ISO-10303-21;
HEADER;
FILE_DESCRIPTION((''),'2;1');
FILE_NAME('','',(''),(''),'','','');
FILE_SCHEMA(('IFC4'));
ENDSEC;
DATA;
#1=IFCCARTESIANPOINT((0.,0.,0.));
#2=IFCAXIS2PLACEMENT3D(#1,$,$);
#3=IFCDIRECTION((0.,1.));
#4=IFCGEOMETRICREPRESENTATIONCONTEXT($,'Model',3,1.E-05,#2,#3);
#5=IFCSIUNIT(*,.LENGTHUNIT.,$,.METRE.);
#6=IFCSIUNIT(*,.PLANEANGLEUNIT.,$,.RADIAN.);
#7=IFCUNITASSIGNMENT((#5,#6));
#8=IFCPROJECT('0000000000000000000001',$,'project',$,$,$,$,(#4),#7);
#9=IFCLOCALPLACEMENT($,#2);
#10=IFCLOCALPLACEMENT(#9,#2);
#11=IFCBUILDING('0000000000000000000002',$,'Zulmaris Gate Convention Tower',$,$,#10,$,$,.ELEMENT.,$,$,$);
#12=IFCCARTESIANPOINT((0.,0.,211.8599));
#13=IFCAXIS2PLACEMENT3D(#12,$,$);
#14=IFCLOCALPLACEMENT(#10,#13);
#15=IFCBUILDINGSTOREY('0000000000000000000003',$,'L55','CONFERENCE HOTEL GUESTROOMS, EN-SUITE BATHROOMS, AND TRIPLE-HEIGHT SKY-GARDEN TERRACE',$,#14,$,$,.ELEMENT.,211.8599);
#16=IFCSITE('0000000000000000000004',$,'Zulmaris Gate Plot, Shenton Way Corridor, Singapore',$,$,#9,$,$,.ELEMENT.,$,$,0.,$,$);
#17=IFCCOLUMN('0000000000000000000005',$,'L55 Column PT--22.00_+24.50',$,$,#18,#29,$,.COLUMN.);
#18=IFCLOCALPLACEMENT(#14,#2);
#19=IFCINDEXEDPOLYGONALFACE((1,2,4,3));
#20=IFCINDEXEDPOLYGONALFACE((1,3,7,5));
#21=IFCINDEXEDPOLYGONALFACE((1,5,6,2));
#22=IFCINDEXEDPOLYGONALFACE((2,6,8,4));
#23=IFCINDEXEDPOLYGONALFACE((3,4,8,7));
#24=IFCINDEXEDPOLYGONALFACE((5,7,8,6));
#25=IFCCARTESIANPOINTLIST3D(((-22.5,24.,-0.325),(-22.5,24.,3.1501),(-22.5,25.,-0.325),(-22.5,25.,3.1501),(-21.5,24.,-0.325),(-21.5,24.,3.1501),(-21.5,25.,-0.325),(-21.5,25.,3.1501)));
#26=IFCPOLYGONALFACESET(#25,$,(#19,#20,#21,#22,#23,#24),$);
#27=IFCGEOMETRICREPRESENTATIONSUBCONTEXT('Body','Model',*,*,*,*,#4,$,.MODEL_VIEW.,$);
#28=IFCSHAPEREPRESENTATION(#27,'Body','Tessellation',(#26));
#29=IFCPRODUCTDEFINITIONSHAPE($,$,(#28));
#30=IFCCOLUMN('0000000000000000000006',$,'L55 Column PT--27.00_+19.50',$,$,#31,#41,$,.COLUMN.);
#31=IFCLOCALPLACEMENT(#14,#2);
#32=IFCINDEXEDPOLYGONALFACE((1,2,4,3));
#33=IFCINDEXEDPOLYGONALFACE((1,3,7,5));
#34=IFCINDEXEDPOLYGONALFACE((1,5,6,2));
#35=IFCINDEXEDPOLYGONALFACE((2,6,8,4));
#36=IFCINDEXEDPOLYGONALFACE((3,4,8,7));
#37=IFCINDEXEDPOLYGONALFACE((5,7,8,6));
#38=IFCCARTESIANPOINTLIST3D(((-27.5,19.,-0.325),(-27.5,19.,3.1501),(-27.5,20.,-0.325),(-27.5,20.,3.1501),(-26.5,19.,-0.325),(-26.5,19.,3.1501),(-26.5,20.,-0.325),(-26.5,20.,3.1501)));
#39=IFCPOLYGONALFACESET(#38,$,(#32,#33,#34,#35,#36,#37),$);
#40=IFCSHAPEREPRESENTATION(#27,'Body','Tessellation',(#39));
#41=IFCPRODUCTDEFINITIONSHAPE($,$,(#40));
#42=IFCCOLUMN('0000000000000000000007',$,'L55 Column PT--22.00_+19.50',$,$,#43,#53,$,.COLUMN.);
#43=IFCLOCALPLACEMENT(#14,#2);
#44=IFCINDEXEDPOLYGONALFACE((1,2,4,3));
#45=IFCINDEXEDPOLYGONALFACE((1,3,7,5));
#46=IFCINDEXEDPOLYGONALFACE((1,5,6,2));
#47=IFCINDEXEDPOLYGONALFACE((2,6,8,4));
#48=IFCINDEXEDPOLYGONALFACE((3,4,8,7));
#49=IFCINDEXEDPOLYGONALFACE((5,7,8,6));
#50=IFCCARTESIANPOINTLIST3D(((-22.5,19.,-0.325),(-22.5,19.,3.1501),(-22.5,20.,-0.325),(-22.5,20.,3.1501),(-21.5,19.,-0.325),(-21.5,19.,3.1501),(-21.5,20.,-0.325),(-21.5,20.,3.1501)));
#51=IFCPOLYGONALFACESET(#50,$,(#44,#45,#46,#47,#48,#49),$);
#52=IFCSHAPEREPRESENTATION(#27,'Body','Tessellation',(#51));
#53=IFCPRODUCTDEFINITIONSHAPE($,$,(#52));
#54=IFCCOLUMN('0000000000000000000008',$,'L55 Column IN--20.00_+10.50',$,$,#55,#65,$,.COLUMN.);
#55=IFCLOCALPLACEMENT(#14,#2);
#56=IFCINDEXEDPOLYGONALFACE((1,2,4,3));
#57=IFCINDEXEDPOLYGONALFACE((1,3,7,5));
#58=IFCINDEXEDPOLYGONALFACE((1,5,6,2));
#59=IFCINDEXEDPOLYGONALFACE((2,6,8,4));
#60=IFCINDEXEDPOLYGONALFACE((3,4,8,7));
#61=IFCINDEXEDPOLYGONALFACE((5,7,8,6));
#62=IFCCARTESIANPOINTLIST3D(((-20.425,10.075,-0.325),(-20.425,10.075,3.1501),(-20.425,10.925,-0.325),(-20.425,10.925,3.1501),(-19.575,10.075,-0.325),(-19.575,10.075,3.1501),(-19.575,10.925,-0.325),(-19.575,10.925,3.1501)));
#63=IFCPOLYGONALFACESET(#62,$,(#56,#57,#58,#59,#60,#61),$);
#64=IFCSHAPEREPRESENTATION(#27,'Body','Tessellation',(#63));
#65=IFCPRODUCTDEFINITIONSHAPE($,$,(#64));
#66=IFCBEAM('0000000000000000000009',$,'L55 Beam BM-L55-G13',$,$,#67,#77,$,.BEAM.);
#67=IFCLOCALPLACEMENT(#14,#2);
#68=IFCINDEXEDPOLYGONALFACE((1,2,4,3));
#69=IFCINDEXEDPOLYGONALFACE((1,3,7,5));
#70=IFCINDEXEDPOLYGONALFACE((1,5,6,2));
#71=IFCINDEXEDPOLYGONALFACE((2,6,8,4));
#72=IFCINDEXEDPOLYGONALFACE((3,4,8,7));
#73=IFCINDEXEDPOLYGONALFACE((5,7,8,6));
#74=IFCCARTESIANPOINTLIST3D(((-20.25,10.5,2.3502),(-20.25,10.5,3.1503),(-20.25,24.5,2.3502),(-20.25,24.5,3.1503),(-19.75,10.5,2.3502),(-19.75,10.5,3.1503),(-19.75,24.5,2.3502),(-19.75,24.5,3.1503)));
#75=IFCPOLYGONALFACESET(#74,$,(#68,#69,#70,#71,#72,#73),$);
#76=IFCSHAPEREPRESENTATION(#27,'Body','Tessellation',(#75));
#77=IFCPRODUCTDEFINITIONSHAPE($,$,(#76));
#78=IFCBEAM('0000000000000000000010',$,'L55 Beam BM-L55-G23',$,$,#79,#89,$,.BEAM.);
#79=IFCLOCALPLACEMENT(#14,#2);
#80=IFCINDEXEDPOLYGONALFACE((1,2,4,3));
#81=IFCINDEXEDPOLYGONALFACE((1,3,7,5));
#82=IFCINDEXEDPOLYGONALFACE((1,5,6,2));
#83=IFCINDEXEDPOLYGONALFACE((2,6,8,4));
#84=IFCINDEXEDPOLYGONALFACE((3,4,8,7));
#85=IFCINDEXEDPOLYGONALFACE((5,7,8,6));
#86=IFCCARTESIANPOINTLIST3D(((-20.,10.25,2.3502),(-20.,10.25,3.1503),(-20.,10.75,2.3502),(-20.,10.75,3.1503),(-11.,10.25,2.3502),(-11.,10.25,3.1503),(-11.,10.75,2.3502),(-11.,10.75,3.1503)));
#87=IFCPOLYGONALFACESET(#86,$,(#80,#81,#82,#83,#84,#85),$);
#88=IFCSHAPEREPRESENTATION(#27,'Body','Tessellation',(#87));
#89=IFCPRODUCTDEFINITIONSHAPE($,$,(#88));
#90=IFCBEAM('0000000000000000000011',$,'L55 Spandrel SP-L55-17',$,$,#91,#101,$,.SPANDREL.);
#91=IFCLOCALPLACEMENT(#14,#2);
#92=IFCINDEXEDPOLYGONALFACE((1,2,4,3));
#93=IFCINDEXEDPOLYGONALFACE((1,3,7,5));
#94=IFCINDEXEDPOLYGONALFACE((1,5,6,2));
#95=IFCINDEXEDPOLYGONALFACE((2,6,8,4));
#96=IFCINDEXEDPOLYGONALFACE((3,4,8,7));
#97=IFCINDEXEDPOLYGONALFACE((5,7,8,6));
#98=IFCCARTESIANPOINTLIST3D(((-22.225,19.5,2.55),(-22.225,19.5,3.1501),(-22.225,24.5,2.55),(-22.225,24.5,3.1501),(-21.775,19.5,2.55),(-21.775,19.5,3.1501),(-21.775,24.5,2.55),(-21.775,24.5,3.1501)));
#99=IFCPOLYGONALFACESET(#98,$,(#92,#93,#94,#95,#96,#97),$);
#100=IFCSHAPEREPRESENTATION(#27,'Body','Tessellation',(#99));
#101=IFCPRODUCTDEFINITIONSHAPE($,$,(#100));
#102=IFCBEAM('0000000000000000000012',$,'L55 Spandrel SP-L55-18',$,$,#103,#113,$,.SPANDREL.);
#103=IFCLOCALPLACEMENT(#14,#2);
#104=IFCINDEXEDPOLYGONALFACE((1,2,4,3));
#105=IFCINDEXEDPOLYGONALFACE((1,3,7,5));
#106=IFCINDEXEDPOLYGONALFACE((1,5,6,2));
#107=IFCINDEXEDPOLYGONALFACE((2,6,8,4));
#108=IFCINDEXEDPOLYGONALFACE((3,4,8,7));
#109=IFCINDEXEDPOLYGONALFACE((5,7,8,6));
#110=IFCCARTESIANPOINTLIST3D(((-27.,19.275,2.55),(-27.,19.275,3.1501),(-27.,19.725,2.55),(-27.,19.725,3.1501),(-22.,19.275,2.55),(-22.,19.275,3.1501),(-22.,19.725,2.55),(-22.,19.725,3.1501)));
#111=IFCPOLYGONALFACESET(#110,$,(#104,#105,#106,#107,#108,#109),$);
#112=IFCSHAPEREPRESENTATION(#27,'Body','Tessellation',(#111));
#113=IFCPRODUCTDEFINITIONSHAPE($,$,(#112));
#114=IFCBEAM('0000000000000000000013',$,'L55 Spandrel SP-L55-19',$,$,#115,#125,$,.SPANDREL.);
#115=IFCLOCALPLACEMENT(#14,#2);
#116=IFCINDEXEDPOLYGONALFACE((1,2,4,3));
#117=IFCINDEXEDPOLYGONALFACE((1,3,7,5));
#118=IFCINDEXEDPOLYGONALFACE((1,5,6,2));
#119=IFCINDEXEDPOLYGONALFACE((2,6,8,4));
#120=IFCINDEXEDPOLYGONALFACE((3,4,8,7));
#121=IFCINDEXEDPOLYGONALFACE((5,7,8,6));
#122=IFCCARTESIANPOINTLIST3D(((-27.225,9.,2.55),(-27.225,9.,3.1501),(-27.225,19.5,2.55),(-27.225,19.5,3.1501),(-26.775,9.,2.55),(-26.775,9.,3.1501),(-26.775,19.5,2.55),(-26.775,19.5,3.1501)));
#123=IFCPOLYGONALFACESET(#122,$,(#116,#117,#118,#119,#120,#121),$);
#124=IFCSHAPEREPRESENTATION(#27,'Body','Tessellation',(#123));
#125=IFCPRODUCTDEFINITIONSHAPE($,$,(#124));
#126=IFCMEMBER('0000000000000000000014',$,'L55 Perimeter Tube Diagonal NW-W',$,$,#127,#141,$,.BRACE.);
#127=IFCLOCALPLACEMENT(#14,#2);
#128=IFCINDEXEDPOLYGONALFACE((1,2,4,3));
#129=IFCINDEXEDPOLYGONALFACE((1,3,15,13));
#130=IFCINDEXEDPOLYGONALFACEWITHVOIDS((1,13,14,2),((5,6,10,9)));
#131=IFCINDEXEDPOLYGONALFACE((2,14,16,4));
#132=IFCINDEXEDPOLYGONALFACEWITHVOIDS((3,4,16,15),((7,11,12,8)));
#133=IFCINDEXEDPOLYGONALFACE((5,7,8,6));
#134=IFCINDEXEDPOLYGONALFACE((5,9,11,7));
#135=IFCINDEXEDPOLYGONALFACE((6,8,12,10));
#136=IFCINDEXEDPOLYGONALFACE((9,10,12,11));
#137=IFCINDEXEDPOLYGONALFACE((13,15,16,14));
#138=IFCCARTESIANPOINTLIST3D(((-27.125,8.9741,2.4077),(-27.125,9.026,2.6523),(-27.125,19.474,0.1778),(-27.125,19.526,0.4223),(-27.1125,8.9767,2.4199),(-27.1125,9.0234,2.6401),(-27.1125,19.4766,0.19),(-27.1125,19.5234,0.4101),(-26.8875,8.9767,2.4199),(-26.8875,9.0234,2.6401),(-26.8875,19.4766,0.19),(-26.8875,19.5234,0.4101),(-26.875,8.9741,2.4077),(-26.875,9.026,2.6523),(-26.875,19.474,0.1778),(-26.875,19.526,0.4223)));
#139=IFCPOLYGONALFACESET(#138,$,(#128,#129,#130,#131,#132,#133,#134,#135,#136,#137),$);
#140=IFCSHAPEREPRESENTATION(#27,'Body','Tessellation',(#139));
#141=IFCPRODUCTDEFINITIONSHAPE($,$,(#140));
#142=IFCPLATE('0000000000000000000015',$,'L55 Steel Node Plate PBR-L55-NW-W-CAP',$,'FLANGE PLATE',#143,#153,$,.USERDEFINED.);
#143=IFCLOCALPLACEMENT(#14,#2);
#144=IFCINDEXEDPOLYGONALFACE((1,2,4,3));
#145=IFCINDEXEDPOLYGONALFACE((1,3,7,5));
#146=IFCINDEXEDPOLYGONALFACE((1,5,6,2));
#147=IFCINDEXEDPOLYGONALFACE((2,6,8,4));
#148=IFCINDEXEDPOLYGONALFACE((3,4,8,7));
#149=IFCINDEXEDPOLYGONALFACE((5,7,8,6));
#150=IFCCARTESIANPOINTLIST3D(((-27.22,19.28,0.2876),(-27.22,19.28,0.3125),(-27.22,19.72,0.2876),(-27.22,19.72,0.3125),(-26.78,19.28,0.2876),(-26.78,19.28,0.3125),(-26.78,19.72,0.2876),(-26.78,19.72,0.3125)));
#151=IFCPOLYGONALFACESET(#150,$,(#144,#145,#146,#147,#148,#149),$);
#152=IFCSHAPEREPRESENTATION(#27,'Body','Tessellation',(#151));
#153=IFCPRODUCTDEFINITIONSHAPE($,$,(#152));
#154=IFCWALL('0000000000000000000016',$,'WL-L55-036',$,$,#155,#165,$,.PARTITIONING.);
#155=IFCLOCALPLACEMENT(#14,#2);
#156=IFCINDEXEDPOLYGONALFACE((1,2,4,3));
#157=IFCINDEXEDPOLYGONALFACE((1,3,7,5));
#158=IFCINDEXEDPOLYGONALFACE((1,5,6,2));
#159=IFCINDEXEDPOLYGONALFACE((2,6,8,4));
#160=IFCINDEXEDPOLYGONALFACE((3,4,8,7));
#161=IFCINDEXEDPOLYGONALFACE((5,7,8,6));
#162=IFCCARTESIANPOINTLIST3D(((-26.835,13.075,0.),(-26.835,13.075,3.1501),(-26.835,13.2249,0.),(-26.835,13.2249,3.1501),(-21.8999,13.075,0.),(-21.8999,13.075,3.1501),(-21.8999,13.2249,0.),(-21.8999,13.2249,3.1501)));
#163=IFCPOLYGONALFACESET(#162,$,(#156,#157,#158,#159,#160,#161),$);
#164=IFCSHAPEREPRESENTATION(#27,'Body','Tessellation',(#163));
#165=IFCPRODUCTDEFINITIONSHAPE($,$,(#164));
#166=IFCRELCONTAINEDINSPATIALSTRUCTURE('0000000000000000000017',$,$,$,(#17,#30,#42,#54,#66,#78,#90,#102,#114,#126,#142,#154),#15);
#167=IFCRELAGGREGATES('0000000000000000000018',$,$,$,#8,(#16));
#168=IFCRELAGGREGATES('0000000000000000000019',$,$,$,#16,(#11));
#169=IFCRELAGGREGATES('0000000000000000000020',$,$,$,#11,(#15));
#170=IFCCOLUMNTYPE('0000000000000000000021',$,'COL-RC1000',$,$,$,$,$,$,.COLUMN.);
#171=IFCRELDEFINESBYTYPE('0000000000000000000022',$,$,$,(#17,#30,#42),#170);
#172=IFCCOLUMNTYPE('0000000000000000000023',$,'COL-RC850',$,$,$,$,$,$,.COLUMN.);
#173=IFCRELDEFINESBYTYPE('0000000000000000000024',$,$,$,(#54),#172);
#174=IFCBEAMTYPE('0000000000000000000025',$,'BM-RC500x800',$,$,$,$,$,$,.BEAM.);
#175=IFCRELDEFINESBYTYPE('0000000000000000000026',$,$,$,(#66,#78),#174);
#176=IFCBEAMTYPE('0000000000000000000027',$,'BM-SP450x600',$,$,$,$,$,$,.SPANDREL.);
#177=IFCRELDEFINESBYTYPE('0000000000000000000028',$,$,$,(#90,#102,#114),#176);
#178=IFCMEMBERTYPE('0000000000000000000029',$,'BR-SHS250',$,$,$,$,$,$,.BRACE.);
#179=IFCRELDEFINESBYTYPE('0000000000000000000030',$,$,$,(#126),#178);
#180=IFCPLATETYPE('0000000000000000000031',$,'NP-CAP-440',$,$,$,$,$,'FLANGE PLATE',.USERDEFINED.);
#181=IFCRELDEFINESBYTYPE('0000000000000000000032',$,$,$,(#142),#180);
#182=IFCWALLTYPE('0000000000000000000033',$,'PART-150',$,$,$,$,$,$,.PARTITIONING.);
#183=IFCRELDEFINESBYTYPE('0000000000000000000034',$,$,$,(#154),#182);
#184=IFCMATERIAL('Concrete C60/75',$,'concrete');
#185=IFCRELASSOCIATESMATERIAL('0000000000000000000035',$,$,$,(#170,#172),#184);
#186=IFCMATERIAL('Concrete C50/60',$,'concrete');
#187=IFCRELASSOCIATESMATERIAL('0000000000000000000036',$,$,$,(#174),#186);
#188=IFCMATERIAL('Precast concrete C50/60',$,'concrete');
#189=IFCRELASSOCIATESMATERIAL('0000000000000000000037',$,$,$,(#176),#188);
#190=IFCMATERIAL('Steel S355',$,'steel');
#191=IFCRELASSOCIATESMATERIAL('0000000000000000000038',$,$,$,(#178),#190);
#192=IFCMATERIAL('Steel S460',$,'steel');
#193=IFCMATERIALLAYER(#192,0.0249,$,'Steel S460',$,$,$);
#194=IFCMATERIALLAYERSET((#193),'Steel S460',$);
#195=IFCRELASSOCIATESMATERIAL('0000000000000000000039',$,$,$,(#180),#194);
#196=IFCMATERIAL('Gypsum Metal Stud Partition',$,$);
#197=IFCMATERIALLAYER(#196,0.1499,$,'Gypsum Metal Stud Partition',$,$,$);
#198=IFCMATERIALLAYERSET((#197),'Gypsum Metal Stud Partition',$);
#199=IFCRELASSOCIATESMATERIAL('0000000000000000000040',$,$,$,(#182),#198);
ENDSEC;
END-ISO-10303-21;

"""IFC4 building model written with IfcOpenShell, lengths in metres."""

from ifc_helpers import new_model, si_unit, direction, frame, frame_2d, origin, origin_2d, place, context, subcontext, project, spatial, rectangle, hollow_rectangle, extrude, material, layer, layer_set, material_profile, profile_set, type_object, element, save


model = new_model("IFC4")

# Units and contexts
model_context = context("Model", 3, precision=1e-05, world=origin(), true_north=direction((0.0, 1.0)))
body_context = subcontext(model_context, "Body", "Model", "MODEL_VIEW")
ifc_project = project(units=[si_unit("LENGTHUNIT", "METRE"), si_unit("PLANEANGLEUNIT", "RADIAN")], contexts=[model_context])

# Site, building, storey
site_placement = place(None, origin())
site = spatial("IfcSite", under=ifc_project, at=site_placement, Name="Zulmaris Gate Plot, Shenton Way Corridor, Singapore", CompositionType="ELEMENT", RefElevation=0.0)
building_placement = place(site_placement, origin())
building = spatial("IfcBuilding", under=site, at=building_placement, Name="Zulmaris Gate Convention Tower", CompositionType="ELEMENT")
storey_placement = place(building_placement, frame((0.0, 0.0, 211.8599)))
storey = spatial("IfcBuildingStorey", under=building, at=storey_placement, Name="L55", Description="CONFERENCE HOTEL GUESTROOMS, EN-SUITE BATHROOMS, AND TRIPLE-HEIGHT SKY-GARDEN TERRACE", CompositionType="ELEMENT", Elevation=211.8599)

# Columns
ifc_material_1 = material(Name="Concrete C60/75", Category="concrete")
ifc_material_profile_1 = material_profile(ifc_material_1, rectangle(XDim=1.0, YDim=1.0, at=origin_2d()), Name="RC COL 1000x1000")
ifc_profile_set_1 = profile_set([ifc_material_profile_1], Name="Concrete C60/75")
column_type_1 = type_object("IfcColumnType", Name="COL-RC1000", PredefinedType="COLUMN", material=ifc_profile_set_1)
for number, where, z_axis, x_axis, name in (
    (1, (-22.0, 24.5, -0.325), (0.0, 0.0, 1.0), (1.0, 0.0, 0.0), "L55 Column PT--22.00_+24.50"),
    (2, (-27.0, 19.5, -0.325), (0.0, 0.0, 1.0), (1.0, 0.0, 0.0), "L55 Column PT--27.00_+19.50"),
    (3, (-22.0, 19.5, -0.325), (0.0, 0.0, 1.0), (1.0, 0.0, 0.0), "L55 Column PT--22.00_+19.50"),
):
    element("IfcColumn", number, at=place(storey_placement, frame(where, z_axis=z_axis, x_axis=x_axis)), inside=storey, type_object=column_type_1, Name=name, PredefinedType="COLUMN", context=body_context, shape_type="SweptSolid", body=[
        extrude(rectangle(XDim=1.0, YDim=1.0, at=origin_2d()), origin(), (0.0, 0.0, 1.0), 3.4751),
    ])
ifc_material_profile_2 = material_profile(ifc_material_1, rectangle(XDim=0.8501, YDim=0.8501, at=origin_2d()), Name="RC COL 850x850")
ifc_profile_set_2 = profile_set([ifc_material_profile_2], Name="Concrete C60/75")
column_type_2 = type_object("IfcColumnType", Name="COL-RC850", PredefinedType="COLUMN", material=ifc_profile_set_2)
column_placement = place(storey_placement, frame((-20.0, 10.5, -0.325), z_axis=(0.0, 0.0, 1.0), x_axis=(1.0, 0.0, 0.0)))
element("IfcColumn", 4, at=column_placement, inside=storey, type_object=column_type_2, Name="L55 Column IN--20.00_+10.50", PredefinedType="COLUMN", context=body_context, shape_type="SweptSolid", body=[
    extrude(rectangle(XDim=0.8501, YDim=0.8501, at=origin_2d()), origin(), (0.0, 0.0, 1.0), 3.4751),
])

# Beams
ifc_material_2 = material(Name="Concrete C50/60", Category="concrete")
ifc_material_profile_3 = material_profile(ifc_material_2, rectangle(XDim=0.5, YDim=0.8, at=origin_2d()), Name="RC BEAM 500x800")
ifc_profile_set_3 = profile_set([ifc_material_profile_3], Name="Concrete C50/60")
beam_type_1 = type_object("IfcBeamType", Name="BM-RC500x800", PredefinedType="BEAM", material=ifc_profile_set_3)
beam_1_placement = place(storey_placement, frame((-20.0, 10.5, 2.7502), z_axis=(0.0, 1.0, 0.0), x_axis=(-1.0, 0.0, 0.0)))
element("IfcBeam", 5, at=beam_1_placement, inside=storey, type_object=beam_type_1, Name="L55 Beam BM-L55-G13", PredefinedType="BEAM", context=body_context, shape_type="SweptSolid", body=[
    extrude(rectangle(XDim=0.5, YDim=0.8, at=origin_2d()), origin(), (0.0, 0.0, 1.0), 14.0),
])
beam_2_placement = place(storey_placement, frame((-20.0, 10.5, 2.7502), z_axis=(1.0, 0.0, 0.0), x_axis=(0.0, 1.0, 0.0)))
element("IfcBeam", 6, at=beam_2_placement, inside=storey, type_object=beam_type_1, Name="L55 Beam BM-L55-G23", PredefinedType="BEAM", context=body_context, shape_type="SweptSolid", body=[
    extrude(rectangle(XDim=0.5, YDim=0.8, at=origin_2d()), origin(), (0.0, 0.0, 1.0), 9.0),
])
ifc_material_3 = material(Name="Precast concrete C50/60", Category="concrete")
ifc_material_profile_4 = material_profile(ifc_material_3, rectangle(XDim=0.45, YDim=0.6001, at=origin_2d()), Name="RC SPANDREL 450x600")
ifc_profile_set_4 = profile_set([ifc_material_profile_4], Name="Precast concrete C50/60")
beam_type_2 = type_object("IfcBeamType", Name="BM-SP450x600", PredefinedType="SPANDREL", material=ifc_profile_set_4)
for number, where, z_axis, x_axis, name in (
    (7, (-22.0, 24.5, 2.8501), (0.0, -1.0, 0.0), (1.0, 0.0, 0.0), "L55 Spandrel SP-L55-17"),
    (8, (-22.0, 19.5, 2.8501), (-1.0, 0.0, 0.0), (0.0, -1.0, 0.0), "L55 Spandrel SP-L55-18"),
):
    element("IfcBeam", number, at=place(storey_placement, frame(where, z_axis=z_axis, x_axis=x_axis)), inside=storey, type_object=beam_type_2, Name=name, PredefinedType="SPANDREL", context=body_context, shape_type="SweptSolid", body=[
        extrude(rectangle(XDim=0.45, YDim=0.6001, at=origin_2d()), origin(), (0.0, 0.0, 1.0), 5.0),
    ])
beam_3_placement = place(storey_placement, frame((-27.0, 19.5, 2.8501), z_axis=(0.0, -1.0, 0.0), x_axis=(1.0, 0.0, 0.0)))
element("IfcBeam", 9, at=beam_3_placement, inside=storey, type_object=beam_type_2, Name="L55 Spandrel SP-L55-19", PredefinedType="SPANDREL", context=body_context, shape_type="SweptSolid", body=[
    extrude(rectangle(XDim=0.45, YDim=0.6001, at=origin_2d()), origin(), (0.0, 0.0, 1.0), 10.5),
])

# Member
ifc_material_4 = material(Name="Steel S355", Category="steel")
ifc_material_profile_5 = material_profile(ifc_material_4, hollow_rectangle(XDim=0.25, YDim=0.25, WallThickness=0.0125, at=origin_2d()), Name="SHS 250x250x12.5")
ifc_profile_set_5 = profile_set([ifc_material_profile_5], Name="Steel S355")
member_type = type_object("IfcMemberType", Name="BR-SHS250", PredefinedType="BRACE", material=ifc_profile_set_5)
member_placement = place(storey_placement, frame((-27.0, 19.5, 0.3), z_axis=(0.0, -0.978183, 0.207746), x_axis=(1.0, 0.0, 0.0)))
element("IfcMember", 10, at=member_placement, inside=storey, type_object=member_type, Name="L55 Perimeter Tube Diagonal NW-W", PredefinedType="BRACE", context=body_context, shape_type="SweptSolid", body=[
    extrude(hollow_rectangle(XDim=0.25, YDim=0.25, WallThickness=0.0125, at=origin_2d()), origin(), (0.0, 0.0, 1.0), 10.7341),
])

# Plate
ifc_material_5 = material(Name="Steel S460", Category="steel")
ifc_layer_1 = layer(ifc_material_5, 0.0249, Name="Steel S460")
ifc_layer_set_1 = layer_set([ifc_layer_1], Name="Steel S460")
plate_type = type_object("IfcPlateType", Name="NP-CAP-440", ElementType="FLANGE PLATE", PredefinedType="USERDEFINED", material=ifc_layer_set_1)
plate_placement = place(storey_placement, frame((-27.0, 19.5, 0.2876), z_axis=(0.0, 0.0, 1.0), x_axis=(1.0, 0.0, 0.0)))
element("IfcPlate", 11, at=plate_placement, inside=storey, type_object=plate_type, Name="L55 Steel Node Plate PBR-L55-NW-W-CAP", ObjectType="FLANGE PLATE", PredefinedType="USERDEFINED", context=body_context, shape_type="SweptSolid", body=[
    extrude(rectangle(XDim=0.4399, YDim=0.4399, at=origin_2d()), origin(), (0.0, 0.0, 1.0), 0.0249),
])

# Wall
ifc_material_6 = material(Name="Gypsum Metal Stud Partition")
ifc_layer_2 = layer(ifc_material_6, 0.1499, Name="Gypsum Metal Stud Partition")
ifc_layer_set_2 = layer_set([ifc_layer_2], Name="Gypsum Metal Stud Partition")
wall_type_1 = type_object("IfcWallType", Name="PART-150", PredefinedType="PARTITIONING", material=ifc_layer_set_2)
wall_1_placement = place(storey_placement, frame((-26.835, 13.1499, 0.0), z_axis=(0.0, 0.0, 1.0), x_axis=(1.0, 0.0, 0.0)))
element("IfcWall", 12, at=wall_1_placement, inside=storey, type_object=wall_type_1, Name="WL-L55-036", PredefinedType="PARTITIONING", context=body_context, shape_type="SweptSolid", body=[
    extrude(rectangle(XDim=4.9351, YDim=0.1499, at=frame_2d((2.4675, 0.0))), origin(), (0.0, 0.0, 1.0), 3.1501),
])

save(model, "model.ifc")
